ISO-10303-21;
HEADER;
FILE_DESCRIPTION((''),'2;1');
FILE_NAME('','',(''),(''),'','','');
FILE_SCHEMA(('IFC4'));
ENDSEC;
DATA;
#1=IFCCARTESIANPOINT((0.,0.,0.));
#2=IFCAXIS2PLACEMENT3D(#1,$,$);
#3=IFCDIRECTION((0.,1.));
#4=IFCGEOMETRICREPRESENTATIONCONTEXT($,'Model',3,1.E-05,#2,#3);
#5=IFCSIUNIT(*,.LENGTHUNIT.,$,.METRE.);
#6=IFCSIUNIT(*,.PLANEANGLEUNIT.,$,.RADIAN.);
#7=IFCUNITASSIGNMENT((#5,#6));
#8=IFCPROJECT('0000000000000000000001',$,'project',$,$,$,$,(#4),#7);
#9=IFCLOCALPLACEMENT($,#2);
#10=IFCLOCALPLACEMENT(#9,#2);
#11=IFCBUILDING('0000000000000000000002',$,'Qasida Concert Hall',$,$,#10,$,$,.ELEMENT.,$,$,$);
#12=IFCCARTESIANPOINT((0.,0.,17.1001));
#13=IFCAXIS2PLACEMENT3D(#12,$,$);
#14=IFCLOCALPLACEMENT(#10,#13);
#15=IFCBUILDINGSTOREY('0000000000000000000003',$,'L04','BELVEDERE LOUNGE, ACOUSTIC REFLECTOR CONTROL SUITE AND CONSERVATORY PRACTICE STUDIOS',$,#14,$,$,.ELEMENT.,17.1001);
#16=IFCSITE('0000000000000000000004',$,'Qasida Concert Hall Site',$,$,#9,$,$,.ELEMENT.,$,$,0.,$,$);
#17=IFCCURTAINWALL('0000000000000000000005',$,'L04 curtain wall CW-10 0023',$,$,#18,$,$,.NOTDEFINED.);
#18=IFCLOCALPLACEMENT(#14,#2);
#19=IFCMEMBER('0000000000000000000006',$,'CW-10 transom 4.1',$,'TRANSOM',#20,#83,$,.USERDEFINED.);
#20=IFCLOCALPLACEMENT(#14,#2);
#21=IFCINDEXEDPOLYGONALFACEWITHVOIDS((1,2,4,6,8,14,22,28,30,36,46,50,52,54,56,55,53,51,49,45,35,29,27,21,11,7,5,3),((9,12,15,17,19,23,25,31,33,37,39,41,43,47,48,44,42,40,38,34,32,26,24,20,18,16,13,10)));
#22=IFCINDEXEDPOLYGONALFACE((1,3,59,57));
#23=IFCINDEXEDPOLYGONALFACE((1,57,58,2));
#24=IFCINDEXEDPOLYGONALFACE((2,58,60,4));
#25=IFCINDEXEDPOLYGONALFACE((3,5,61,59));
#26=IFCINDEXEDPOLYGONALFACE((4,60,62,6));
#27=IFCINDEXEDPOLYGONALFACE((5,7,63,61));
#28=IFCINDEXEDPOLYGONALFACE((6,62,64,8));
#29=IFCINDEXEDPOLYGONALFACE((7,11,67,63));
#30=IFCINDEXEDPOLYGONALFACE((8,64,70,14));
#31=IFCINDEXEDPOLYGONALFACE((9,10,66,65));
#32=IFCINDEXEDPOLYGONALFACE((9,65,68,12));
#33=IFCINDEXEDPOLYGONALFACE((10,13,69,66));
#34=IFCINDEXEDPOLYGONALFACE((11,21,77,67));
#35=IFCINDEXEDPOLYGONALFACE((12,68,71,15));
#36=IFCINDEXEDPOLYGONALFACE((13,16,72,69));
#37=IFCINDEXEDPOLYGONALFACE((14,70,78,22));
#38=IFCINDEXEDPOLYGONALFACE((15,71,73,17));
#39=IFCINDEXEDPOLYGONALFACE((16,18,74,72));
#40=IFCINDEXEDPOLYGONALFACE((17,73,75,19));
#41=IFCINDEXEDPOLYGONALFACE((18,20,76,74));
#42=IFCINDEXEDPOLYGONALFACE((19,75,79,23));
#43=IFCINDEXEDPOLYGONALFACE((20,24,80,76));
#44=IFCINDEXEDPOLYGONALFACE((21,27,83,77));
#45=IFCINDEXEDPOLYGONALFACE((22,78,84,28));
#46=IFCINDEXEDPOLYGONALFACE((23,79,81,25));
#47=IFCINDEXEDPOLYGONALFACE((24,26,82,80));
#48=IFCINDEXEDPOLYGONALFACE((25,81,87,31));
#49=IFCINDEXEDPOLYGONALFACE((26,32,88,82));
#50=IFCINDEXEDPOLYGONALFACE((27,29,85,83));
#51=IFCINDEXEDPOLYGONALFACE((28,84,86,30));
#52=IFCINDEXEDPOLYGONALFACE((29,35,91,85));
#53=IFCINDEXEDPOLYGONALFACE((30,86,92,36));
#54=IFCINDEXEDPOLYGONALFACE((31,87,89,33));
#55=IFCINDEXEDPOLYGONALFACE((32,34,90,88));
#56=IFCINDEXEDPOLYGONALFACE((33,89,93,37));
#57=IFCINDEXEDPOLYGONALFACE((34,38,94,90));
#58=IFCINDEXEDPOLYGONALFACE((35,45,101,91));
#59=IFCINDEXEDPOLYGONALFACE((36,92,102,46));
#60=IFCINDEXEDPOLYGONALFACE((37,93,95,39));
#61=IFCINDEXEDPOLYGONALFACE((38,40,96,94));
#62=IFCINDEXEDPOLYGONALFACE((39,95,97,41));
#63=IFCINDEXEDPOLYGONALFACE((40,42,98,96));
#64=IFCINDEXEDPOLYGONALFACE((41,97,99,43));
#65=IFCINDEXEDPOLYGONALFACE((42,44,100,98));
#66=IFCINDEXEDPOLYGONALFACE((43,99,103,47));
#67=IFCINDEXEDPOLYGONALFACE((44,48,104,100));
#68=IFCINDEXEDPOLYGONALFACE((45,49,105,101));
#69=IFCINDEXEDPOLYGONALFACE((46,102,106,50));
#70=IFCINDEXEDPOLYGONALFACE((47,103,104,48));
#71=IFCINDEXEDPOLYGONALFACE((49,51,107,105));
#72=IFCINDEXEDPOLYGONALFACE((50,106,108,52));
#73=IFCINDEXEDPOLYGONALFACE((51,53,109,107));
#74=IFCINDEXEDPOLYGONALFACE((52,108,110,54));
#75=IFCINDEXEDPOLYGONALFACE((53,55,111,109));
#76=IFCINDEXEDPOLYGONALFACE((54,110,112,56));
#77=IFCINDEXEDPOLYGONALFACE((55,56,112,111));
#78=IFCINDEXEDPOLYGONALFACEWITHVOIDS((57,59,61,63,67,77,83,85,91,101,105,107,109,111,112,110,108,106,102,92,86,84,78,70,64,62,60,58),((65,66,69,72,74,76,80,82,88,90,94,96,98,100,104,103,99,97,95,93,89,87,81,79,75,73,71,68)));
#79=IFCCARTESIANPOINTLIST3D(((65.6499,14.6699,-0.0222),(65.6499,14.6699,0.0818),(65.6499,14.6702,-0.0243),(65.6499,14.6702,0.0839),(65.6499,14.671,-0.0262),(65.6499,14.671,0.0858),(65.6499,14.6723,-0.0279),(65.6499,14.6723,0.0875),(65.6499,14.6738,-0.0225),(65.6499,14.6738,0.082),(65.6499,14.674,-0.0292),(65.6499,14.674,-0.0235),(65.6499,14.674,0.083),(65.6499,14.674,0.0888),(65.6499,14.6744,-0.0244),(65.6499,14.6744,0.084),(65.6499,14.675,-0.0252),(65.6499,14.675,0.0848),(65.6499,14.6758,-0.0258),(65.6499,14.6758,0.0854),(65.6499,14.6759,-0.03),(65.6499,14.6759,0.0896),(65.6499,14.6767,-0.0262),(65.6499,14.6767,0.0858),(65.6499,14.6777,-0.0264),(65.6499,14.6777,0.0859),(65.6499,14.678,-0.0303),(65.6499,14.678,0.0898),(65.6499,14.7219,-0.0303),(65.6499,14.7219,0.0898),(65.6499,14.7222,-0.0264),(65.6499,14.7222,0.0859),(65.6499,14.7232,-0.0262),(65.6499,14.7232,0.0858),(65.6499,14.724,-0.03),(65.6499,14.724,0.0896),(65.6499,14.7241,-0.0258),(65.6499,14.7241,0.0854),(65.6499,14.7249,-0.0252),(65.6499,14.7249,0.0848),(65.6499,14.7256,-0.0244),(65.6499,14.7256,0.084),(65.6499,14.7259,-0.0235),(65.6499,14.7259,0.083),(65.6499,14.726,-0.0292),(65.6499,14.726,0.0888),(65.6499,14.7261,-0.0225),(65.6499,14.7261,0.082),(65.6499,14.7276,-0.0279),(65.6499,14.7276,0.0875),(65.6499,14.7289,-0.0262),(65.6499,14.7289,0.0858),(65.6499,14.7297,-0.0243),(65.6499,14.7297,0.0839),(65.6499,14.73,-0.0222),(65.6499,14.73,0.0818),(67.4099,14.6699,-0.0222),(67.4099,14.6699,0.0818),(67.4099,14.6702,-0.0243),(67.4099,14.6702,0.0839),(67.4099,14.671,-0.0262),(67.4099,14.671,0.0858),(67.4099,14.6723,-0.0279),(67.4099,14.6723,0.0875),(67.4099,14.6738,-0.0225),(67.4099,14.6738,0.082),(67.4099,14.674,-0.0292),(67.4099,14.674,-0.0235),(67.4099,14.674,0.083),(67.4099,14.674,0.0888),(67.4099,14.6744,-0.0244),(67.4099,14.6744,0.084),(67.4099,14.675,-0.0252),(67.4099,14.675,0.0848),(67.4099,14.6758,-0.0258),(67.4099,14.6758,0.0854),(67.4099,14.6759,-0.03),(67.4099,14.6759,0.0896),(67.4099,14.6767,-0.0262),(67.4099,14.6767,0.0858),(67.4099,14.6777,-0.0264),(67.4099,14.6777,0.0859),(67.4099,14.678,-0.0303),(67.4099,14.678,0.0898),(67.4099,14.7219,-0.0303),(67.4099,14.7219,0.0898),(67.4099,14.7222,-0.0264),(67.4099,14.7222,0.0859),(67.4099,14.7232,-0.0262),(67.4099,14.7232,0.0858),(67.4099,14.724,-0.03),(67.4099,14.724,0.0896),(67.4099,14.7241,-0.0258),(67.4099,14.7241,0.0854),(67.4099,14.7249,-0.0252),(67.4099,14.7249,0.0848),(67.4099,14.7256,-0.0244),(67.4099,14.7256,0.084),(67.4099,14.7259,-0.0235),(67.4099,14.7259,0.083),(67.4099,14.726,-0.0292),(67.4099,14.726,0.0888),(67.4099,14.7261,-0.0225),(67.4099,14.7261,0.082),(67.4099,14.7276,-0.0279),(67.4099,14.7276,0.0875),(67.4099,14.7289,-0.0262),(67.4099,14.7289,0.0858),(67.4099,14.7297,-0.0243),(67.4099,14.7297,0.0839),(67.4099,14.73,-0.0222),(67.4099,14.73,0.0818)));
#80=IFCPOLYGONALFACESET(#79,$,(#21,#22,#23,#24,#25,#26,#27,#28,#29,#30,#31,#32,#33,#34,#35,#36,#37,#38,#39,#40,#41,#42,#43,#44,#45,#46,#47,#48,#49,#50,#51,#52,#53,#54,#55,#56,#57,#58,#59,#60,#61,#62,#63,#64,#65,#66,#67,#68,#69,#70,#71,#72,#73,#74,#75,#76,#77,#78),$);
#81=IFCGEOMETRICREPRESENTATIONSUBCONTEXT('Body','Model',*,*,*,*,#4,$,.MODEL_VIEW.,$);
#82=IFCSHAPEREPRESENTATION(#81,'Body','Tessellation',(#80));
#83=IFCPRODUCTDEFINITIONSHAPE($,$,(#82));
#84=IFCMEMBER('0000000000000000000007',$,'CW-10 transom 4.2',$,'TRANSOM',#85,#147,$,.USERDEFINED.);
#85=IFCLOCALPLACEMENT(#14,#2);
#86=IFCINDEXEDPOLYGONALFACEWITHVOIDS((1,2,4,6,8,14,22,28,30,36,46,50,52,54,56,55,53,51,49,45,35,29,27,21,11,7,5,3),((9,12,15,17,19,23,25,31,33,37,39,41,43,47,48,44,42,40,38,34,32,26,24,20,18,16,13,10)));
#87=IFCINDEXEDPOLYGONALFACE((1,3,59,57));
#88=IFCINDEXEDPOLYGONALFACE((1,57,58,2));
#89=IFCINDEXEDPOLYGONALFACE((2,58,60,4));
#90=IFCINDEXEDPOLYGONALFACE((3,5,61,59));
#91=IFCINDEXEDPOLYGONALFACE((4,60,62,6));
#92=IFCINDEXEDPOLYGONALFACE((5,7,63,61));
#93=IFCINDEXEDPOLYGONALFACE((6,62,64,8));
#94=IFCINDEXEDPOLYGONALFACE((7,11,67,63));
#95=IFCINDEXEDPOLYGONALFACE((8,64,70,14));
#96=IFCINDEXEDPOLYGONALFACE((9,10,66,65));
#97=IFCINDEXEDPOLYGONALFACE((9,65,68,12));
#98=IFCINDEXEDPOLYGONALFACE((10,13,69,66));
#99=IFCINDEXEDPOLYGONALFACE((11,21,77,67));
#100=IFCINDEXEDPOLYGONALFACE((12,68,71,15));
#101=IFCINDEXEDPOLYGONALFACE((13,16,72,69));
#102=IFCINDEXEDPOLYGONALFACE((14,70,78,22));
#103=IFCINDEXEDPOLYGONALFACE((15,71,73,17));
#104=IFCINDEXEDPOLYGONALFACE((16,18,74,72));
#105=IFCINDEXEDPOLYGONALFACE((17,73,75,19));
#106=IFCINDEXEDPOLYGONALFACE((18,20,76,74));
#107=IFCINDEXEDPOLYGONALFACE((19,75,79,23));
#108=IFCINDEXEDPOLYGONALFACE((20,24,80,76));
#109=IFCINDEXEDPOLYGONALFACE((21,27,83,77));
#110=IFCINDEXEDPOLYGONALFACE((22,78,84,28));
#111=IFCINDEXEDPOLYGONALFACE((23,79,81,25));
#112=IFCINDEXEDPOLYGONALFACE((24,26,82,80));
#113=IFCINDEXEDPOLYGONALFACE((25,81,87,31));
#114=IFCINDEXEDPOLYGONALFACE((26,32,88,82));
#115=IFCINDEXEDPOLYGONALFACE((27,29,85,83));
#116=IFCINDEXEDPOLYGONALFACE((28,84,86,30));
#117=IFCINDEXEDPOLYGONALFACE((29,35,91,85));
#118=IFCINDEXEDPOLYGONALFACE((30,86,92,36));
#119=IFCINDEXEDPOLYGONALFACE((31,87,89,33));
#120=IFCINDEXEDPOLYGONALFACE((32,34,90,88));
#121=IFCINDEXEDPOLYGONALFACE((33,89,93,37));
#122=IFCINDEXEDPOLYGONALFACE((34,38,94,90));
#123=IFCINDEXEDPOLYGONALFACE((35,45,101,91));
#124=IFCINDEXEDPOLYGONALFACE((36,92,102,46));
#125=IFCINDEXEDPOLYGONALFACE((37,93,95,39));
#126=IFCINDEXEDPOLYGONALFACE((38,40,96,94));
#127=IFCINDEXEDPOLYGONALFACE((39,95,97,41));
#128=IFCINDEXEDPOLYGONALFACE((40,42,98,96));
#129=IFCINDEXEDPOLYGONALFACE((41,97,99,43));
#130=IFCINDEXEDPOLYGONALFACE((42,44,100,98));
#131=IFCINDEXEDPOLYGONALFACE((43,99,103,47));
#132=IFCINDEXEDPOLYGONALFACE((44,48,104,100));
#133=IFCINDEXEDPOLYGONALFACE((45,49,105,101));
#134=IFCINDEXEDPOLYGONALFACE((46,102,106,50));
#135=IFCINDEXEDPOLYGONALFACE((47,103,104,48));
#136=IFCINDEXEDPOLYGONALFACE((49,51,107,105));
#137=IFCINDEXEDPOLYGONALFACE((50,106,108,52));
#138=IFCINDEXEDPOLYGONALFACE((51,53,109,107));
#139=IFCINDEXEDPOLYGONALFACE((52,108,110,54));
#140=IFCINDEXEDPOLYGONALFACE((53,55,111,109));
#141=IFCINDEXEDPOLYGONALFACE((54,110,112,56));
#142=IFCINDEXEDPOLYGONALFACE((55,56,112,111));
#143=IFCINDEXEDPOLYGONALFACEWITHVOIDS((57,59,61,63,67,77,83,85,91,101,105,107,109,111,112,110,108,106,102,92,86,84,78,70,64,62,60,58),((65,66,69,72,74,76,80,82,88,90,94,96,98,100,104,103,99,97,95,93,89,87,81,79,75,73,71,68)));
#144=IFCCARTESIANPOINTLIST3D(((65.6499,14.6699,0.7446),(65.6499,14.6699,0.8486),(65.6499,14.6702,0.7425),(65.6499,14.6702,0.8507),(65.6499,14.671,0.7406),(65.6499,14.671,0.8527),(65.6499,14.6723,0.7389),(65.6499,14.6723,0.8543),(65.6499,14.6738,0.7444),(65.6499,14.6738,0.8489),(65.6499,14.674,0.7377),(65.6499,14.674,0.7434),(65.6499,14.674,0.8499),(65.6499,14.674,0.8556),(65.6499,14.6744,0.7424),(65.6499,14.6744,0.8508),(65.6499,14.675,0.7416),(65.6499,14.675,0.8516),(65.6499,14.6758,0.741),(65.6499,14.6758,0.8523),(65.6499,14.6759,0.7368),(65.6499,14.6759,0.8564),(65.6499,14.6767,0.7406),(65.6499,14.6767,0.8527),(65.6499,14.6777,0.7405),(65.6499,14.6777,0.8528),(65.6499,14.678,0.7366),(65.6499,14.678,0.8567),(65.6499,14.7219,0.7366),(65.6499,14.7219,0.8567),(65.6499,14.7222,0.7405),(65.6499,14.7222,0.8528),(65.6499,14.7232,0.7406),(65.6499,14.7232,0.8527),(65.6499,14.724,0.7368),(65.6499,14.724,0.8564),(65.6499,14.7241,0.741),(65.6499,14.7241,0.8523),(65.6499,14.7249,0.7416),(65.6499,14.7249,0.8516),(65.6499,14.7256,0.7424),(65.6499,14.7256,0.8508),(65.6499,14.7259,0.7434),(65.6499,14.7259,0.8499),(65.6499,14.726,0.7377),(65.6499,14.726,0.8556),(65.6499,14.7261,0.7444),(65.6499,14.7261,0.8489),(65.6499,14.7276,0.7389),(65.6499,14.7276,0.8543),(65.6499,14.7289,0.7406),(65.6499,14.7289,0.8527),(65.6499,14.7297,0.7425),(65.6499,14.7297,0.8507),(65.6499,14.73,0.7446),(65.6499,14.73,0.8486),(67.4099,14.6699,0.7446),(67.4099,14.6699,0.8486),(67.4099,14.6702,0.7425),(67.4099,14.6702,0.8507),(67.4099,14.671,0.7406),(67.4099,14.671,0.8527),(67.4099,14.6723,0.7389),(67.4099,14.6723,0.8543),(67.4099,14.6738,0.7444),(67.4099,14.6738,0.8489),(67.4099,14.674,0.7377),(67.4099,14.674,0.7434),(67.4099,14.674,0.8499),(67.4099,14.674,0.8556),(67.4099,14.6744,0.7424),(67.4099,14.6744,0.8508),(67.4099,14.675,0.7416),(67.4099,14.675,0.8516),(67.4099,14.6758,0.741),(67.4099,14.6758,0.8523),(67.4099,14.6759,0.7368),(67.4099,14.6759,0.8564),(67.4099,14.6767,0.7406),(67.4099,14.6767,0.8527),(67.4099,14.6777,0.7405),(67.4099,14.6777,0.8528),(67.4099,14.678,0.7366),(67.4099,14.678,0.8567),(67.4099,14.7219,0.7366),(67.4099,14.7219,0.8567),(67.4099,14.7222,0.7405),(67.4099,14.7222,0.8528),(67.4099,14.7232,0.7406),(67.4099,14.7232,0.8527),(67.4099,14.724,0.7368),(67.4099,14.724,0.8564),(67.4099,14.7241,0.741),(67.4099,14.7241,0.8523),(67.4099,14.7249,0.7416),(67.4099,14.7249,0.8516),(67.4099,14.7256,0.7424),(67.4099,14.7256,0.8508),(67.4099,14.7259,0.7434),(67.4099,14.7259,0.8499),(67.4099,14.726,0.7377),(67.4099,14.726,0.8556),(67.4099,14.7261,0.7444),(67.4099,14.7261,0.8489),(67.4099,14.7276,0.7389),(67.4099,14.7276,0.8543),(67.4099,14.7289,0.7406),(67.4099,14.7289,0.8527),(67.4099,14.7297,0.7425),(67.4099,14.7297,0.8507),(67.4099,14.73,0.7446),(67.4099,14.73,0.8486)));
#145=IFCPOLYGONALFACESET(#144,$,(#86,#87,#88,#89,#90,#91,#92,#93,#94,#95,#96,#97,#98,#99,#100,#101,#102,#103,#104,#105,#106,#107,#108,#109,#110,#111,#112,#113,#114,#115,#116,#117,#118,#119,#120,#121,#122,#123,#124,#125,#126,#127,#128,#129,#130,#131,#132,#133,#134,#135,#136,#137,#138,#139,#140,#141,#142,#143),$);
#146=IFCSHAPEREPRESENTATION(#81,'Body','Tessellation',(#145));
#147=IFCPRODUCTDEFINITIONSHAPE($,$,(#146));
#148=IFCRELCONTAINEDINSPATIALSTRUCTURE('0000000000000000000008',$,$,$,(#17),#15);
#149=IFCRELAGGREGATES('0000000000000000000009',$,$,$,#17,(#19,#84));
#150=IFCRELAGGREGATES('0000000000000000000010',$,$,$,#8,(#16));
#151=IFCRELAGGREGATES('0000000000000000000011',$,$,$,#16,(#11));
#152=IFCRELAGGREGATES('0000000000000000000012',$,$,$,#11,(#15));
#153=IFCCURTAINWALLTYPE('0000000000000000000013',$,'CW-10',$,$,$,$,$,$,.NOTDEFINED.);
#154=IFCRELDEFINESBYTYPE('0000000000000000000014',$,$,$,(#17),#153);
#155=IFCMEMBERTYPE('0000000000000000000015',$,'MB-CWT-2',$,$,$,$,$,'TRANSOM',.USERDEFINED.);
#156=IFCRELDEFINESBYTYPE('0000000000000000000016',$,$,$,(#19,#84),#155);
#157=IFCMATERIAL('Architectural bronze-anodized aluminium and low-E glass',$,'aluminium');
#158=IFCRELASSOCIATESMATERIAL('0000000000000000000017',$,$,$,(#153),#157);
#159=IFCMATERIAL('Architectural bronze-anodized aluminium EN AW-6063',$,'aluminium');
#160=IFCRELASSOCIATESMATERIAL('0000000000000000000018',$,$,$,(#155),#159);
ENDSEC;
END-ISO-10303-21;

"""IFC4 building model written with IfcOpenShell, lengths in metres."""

from ifc_helpers import new_model, si_unit, direction, frame, origin, origin_2d, place, context, subcontext, project, spatial, hollow_rectangle, extrude, material, material_profile, profile_set, type_object, element, aggregate, save


model = new_model("IFC4")

# Units and contexts
model_context = context("Model", 3, precision=1e-05, world=origin(), true_north=direction((0.0, 1.0)))
body_context = subcontext(model_context, "Body", "Model", "MODEL_VIEW")
ifc_project = project(units=[si_unit("LENGTHUNIT", "METRE"), si_unit("PLANEANGLEUNIT", "RADIAN")], contexts=[model_context])

# Site, building, storey
site_placement = place(None, origin())
site = spatial("IfcSite", under=ifc_project, at=site_placement, Name="Qasida Concert Hall Site", CompositionType="ELEMENT", RefElevation=0.0)
building_placement = place(site_placement, origin())
building = spatial("IfcBuilding", under=site, at=building_placement, Name="Qasida Concert Hall", CompositionType="ELEMENT")
storey_placement = place(building_placement, frame((0.0, 0.0, 17.1001)))
storey = spatial("IfcBuildingStorey", under=building, at=storey_placement, Name="L04", Description="BELVEDERE LOUNGE, ACOUSTIC REFLECTOR CONTROL SUITE AND CONSERVATORY PRACTICE STUDIOS", CompositionType="ELEMENT", Elevation=17.1001)

# Curtain wall
ifc_material_1 = material(Name="Architectural bronze-anodized aluminium and low-E glass", Category="aluminium")
curtain_wall_type = type_object("IfcCurtainWallType", Name="CW-10", PredefinedType="NOTDEFINED", material=ifc_material_1)
curtain_wall_1_placement = place(storey_placement, origin())
curtain_wall_1 = element("IfcCurtainWall", 1, at=curtain_wall_1_placement, inside=storey, type_object=curtain_wall_type, Name="L04 curtain wall CW-10 0023", PredefinedType="NOTDEFINED")
ifc_material_2 = material(Name="Architectural bronze-anodized aluminium EN AW-6063", Category="aluminium")

# Members
ifc_material_profile_1 = material_profile(ifc_material_2, hollow_rectangle(XDim=0.0601, YDim=0.1201, WallThickness=0.0039, InnerFilletRadius=0.0039, OuterFilletRadius=0.0081, at=origin_2d()), Name="CWT 120x60x4")
ifc_profile_set_1 = profile_set([ifc_material_profile_1], Name="Architectural bronze-anodized aluminium EN AW-6063")
member_type_1 = type_object("IfcMemberType", Name="MB-CWT-2", ElementType="TRANSOM", PredefinedType="USERDEFINED", material=ifc_profile_set_1)
member_1_placement = place(storey_placement, frame((65.6499, 14.7, 0.0298), z_axis=(1.0, 0.0, 0.0), x_axis=(0.0, 1.0, 0.0)))
member_1 = element("IfcMember", 2, at=member_1_placement, type_object=member_type_1, Name="CW-10 transom 4.1", ObjectType="TRANSOM", PredefinedType="USERDEFINED", context=body_context, shape_type="SweptSolid", body=[
    extrude(hollow_rectangle(XDim=0.0601, YDim=0.1201, WallThickness=0.0039, InnerFilletRadius=0.0039, OuterFilletRadius=0.0081, at=origin_2d()), origin(), (0.0, 0.0, 1.0), 1.76),
])
member_2_placement = place(storey_placement, frame((65.6499, 14.7, 0.7966), z_axis=(1.0, 0.0, 0.0), x_axis=(0.0, 1.0, 0.0)))
member_2 = element("IfcMember", 3, at=member_2_placement, type_object=member_type_1, Name="CW-10 transom 4.2", ObjectType="TRANSOM", PredefinedType="USERDEFINED", context=body_context, shape_type="SweptSolid", body=[
    extrude(hollow_rectangle(XDim=0.0601, YDim=0.1201, WallThickness=0.0039, InnerFilletRadius=0.0039, OuterFilletRadius=0.0081, at=origin_2d()), origin(), (0.0, 0.0, 1.0), 1.76),
])

aggregate(curtain_wall_1, [member_1, member_2])

save(model, "model.ifc")
